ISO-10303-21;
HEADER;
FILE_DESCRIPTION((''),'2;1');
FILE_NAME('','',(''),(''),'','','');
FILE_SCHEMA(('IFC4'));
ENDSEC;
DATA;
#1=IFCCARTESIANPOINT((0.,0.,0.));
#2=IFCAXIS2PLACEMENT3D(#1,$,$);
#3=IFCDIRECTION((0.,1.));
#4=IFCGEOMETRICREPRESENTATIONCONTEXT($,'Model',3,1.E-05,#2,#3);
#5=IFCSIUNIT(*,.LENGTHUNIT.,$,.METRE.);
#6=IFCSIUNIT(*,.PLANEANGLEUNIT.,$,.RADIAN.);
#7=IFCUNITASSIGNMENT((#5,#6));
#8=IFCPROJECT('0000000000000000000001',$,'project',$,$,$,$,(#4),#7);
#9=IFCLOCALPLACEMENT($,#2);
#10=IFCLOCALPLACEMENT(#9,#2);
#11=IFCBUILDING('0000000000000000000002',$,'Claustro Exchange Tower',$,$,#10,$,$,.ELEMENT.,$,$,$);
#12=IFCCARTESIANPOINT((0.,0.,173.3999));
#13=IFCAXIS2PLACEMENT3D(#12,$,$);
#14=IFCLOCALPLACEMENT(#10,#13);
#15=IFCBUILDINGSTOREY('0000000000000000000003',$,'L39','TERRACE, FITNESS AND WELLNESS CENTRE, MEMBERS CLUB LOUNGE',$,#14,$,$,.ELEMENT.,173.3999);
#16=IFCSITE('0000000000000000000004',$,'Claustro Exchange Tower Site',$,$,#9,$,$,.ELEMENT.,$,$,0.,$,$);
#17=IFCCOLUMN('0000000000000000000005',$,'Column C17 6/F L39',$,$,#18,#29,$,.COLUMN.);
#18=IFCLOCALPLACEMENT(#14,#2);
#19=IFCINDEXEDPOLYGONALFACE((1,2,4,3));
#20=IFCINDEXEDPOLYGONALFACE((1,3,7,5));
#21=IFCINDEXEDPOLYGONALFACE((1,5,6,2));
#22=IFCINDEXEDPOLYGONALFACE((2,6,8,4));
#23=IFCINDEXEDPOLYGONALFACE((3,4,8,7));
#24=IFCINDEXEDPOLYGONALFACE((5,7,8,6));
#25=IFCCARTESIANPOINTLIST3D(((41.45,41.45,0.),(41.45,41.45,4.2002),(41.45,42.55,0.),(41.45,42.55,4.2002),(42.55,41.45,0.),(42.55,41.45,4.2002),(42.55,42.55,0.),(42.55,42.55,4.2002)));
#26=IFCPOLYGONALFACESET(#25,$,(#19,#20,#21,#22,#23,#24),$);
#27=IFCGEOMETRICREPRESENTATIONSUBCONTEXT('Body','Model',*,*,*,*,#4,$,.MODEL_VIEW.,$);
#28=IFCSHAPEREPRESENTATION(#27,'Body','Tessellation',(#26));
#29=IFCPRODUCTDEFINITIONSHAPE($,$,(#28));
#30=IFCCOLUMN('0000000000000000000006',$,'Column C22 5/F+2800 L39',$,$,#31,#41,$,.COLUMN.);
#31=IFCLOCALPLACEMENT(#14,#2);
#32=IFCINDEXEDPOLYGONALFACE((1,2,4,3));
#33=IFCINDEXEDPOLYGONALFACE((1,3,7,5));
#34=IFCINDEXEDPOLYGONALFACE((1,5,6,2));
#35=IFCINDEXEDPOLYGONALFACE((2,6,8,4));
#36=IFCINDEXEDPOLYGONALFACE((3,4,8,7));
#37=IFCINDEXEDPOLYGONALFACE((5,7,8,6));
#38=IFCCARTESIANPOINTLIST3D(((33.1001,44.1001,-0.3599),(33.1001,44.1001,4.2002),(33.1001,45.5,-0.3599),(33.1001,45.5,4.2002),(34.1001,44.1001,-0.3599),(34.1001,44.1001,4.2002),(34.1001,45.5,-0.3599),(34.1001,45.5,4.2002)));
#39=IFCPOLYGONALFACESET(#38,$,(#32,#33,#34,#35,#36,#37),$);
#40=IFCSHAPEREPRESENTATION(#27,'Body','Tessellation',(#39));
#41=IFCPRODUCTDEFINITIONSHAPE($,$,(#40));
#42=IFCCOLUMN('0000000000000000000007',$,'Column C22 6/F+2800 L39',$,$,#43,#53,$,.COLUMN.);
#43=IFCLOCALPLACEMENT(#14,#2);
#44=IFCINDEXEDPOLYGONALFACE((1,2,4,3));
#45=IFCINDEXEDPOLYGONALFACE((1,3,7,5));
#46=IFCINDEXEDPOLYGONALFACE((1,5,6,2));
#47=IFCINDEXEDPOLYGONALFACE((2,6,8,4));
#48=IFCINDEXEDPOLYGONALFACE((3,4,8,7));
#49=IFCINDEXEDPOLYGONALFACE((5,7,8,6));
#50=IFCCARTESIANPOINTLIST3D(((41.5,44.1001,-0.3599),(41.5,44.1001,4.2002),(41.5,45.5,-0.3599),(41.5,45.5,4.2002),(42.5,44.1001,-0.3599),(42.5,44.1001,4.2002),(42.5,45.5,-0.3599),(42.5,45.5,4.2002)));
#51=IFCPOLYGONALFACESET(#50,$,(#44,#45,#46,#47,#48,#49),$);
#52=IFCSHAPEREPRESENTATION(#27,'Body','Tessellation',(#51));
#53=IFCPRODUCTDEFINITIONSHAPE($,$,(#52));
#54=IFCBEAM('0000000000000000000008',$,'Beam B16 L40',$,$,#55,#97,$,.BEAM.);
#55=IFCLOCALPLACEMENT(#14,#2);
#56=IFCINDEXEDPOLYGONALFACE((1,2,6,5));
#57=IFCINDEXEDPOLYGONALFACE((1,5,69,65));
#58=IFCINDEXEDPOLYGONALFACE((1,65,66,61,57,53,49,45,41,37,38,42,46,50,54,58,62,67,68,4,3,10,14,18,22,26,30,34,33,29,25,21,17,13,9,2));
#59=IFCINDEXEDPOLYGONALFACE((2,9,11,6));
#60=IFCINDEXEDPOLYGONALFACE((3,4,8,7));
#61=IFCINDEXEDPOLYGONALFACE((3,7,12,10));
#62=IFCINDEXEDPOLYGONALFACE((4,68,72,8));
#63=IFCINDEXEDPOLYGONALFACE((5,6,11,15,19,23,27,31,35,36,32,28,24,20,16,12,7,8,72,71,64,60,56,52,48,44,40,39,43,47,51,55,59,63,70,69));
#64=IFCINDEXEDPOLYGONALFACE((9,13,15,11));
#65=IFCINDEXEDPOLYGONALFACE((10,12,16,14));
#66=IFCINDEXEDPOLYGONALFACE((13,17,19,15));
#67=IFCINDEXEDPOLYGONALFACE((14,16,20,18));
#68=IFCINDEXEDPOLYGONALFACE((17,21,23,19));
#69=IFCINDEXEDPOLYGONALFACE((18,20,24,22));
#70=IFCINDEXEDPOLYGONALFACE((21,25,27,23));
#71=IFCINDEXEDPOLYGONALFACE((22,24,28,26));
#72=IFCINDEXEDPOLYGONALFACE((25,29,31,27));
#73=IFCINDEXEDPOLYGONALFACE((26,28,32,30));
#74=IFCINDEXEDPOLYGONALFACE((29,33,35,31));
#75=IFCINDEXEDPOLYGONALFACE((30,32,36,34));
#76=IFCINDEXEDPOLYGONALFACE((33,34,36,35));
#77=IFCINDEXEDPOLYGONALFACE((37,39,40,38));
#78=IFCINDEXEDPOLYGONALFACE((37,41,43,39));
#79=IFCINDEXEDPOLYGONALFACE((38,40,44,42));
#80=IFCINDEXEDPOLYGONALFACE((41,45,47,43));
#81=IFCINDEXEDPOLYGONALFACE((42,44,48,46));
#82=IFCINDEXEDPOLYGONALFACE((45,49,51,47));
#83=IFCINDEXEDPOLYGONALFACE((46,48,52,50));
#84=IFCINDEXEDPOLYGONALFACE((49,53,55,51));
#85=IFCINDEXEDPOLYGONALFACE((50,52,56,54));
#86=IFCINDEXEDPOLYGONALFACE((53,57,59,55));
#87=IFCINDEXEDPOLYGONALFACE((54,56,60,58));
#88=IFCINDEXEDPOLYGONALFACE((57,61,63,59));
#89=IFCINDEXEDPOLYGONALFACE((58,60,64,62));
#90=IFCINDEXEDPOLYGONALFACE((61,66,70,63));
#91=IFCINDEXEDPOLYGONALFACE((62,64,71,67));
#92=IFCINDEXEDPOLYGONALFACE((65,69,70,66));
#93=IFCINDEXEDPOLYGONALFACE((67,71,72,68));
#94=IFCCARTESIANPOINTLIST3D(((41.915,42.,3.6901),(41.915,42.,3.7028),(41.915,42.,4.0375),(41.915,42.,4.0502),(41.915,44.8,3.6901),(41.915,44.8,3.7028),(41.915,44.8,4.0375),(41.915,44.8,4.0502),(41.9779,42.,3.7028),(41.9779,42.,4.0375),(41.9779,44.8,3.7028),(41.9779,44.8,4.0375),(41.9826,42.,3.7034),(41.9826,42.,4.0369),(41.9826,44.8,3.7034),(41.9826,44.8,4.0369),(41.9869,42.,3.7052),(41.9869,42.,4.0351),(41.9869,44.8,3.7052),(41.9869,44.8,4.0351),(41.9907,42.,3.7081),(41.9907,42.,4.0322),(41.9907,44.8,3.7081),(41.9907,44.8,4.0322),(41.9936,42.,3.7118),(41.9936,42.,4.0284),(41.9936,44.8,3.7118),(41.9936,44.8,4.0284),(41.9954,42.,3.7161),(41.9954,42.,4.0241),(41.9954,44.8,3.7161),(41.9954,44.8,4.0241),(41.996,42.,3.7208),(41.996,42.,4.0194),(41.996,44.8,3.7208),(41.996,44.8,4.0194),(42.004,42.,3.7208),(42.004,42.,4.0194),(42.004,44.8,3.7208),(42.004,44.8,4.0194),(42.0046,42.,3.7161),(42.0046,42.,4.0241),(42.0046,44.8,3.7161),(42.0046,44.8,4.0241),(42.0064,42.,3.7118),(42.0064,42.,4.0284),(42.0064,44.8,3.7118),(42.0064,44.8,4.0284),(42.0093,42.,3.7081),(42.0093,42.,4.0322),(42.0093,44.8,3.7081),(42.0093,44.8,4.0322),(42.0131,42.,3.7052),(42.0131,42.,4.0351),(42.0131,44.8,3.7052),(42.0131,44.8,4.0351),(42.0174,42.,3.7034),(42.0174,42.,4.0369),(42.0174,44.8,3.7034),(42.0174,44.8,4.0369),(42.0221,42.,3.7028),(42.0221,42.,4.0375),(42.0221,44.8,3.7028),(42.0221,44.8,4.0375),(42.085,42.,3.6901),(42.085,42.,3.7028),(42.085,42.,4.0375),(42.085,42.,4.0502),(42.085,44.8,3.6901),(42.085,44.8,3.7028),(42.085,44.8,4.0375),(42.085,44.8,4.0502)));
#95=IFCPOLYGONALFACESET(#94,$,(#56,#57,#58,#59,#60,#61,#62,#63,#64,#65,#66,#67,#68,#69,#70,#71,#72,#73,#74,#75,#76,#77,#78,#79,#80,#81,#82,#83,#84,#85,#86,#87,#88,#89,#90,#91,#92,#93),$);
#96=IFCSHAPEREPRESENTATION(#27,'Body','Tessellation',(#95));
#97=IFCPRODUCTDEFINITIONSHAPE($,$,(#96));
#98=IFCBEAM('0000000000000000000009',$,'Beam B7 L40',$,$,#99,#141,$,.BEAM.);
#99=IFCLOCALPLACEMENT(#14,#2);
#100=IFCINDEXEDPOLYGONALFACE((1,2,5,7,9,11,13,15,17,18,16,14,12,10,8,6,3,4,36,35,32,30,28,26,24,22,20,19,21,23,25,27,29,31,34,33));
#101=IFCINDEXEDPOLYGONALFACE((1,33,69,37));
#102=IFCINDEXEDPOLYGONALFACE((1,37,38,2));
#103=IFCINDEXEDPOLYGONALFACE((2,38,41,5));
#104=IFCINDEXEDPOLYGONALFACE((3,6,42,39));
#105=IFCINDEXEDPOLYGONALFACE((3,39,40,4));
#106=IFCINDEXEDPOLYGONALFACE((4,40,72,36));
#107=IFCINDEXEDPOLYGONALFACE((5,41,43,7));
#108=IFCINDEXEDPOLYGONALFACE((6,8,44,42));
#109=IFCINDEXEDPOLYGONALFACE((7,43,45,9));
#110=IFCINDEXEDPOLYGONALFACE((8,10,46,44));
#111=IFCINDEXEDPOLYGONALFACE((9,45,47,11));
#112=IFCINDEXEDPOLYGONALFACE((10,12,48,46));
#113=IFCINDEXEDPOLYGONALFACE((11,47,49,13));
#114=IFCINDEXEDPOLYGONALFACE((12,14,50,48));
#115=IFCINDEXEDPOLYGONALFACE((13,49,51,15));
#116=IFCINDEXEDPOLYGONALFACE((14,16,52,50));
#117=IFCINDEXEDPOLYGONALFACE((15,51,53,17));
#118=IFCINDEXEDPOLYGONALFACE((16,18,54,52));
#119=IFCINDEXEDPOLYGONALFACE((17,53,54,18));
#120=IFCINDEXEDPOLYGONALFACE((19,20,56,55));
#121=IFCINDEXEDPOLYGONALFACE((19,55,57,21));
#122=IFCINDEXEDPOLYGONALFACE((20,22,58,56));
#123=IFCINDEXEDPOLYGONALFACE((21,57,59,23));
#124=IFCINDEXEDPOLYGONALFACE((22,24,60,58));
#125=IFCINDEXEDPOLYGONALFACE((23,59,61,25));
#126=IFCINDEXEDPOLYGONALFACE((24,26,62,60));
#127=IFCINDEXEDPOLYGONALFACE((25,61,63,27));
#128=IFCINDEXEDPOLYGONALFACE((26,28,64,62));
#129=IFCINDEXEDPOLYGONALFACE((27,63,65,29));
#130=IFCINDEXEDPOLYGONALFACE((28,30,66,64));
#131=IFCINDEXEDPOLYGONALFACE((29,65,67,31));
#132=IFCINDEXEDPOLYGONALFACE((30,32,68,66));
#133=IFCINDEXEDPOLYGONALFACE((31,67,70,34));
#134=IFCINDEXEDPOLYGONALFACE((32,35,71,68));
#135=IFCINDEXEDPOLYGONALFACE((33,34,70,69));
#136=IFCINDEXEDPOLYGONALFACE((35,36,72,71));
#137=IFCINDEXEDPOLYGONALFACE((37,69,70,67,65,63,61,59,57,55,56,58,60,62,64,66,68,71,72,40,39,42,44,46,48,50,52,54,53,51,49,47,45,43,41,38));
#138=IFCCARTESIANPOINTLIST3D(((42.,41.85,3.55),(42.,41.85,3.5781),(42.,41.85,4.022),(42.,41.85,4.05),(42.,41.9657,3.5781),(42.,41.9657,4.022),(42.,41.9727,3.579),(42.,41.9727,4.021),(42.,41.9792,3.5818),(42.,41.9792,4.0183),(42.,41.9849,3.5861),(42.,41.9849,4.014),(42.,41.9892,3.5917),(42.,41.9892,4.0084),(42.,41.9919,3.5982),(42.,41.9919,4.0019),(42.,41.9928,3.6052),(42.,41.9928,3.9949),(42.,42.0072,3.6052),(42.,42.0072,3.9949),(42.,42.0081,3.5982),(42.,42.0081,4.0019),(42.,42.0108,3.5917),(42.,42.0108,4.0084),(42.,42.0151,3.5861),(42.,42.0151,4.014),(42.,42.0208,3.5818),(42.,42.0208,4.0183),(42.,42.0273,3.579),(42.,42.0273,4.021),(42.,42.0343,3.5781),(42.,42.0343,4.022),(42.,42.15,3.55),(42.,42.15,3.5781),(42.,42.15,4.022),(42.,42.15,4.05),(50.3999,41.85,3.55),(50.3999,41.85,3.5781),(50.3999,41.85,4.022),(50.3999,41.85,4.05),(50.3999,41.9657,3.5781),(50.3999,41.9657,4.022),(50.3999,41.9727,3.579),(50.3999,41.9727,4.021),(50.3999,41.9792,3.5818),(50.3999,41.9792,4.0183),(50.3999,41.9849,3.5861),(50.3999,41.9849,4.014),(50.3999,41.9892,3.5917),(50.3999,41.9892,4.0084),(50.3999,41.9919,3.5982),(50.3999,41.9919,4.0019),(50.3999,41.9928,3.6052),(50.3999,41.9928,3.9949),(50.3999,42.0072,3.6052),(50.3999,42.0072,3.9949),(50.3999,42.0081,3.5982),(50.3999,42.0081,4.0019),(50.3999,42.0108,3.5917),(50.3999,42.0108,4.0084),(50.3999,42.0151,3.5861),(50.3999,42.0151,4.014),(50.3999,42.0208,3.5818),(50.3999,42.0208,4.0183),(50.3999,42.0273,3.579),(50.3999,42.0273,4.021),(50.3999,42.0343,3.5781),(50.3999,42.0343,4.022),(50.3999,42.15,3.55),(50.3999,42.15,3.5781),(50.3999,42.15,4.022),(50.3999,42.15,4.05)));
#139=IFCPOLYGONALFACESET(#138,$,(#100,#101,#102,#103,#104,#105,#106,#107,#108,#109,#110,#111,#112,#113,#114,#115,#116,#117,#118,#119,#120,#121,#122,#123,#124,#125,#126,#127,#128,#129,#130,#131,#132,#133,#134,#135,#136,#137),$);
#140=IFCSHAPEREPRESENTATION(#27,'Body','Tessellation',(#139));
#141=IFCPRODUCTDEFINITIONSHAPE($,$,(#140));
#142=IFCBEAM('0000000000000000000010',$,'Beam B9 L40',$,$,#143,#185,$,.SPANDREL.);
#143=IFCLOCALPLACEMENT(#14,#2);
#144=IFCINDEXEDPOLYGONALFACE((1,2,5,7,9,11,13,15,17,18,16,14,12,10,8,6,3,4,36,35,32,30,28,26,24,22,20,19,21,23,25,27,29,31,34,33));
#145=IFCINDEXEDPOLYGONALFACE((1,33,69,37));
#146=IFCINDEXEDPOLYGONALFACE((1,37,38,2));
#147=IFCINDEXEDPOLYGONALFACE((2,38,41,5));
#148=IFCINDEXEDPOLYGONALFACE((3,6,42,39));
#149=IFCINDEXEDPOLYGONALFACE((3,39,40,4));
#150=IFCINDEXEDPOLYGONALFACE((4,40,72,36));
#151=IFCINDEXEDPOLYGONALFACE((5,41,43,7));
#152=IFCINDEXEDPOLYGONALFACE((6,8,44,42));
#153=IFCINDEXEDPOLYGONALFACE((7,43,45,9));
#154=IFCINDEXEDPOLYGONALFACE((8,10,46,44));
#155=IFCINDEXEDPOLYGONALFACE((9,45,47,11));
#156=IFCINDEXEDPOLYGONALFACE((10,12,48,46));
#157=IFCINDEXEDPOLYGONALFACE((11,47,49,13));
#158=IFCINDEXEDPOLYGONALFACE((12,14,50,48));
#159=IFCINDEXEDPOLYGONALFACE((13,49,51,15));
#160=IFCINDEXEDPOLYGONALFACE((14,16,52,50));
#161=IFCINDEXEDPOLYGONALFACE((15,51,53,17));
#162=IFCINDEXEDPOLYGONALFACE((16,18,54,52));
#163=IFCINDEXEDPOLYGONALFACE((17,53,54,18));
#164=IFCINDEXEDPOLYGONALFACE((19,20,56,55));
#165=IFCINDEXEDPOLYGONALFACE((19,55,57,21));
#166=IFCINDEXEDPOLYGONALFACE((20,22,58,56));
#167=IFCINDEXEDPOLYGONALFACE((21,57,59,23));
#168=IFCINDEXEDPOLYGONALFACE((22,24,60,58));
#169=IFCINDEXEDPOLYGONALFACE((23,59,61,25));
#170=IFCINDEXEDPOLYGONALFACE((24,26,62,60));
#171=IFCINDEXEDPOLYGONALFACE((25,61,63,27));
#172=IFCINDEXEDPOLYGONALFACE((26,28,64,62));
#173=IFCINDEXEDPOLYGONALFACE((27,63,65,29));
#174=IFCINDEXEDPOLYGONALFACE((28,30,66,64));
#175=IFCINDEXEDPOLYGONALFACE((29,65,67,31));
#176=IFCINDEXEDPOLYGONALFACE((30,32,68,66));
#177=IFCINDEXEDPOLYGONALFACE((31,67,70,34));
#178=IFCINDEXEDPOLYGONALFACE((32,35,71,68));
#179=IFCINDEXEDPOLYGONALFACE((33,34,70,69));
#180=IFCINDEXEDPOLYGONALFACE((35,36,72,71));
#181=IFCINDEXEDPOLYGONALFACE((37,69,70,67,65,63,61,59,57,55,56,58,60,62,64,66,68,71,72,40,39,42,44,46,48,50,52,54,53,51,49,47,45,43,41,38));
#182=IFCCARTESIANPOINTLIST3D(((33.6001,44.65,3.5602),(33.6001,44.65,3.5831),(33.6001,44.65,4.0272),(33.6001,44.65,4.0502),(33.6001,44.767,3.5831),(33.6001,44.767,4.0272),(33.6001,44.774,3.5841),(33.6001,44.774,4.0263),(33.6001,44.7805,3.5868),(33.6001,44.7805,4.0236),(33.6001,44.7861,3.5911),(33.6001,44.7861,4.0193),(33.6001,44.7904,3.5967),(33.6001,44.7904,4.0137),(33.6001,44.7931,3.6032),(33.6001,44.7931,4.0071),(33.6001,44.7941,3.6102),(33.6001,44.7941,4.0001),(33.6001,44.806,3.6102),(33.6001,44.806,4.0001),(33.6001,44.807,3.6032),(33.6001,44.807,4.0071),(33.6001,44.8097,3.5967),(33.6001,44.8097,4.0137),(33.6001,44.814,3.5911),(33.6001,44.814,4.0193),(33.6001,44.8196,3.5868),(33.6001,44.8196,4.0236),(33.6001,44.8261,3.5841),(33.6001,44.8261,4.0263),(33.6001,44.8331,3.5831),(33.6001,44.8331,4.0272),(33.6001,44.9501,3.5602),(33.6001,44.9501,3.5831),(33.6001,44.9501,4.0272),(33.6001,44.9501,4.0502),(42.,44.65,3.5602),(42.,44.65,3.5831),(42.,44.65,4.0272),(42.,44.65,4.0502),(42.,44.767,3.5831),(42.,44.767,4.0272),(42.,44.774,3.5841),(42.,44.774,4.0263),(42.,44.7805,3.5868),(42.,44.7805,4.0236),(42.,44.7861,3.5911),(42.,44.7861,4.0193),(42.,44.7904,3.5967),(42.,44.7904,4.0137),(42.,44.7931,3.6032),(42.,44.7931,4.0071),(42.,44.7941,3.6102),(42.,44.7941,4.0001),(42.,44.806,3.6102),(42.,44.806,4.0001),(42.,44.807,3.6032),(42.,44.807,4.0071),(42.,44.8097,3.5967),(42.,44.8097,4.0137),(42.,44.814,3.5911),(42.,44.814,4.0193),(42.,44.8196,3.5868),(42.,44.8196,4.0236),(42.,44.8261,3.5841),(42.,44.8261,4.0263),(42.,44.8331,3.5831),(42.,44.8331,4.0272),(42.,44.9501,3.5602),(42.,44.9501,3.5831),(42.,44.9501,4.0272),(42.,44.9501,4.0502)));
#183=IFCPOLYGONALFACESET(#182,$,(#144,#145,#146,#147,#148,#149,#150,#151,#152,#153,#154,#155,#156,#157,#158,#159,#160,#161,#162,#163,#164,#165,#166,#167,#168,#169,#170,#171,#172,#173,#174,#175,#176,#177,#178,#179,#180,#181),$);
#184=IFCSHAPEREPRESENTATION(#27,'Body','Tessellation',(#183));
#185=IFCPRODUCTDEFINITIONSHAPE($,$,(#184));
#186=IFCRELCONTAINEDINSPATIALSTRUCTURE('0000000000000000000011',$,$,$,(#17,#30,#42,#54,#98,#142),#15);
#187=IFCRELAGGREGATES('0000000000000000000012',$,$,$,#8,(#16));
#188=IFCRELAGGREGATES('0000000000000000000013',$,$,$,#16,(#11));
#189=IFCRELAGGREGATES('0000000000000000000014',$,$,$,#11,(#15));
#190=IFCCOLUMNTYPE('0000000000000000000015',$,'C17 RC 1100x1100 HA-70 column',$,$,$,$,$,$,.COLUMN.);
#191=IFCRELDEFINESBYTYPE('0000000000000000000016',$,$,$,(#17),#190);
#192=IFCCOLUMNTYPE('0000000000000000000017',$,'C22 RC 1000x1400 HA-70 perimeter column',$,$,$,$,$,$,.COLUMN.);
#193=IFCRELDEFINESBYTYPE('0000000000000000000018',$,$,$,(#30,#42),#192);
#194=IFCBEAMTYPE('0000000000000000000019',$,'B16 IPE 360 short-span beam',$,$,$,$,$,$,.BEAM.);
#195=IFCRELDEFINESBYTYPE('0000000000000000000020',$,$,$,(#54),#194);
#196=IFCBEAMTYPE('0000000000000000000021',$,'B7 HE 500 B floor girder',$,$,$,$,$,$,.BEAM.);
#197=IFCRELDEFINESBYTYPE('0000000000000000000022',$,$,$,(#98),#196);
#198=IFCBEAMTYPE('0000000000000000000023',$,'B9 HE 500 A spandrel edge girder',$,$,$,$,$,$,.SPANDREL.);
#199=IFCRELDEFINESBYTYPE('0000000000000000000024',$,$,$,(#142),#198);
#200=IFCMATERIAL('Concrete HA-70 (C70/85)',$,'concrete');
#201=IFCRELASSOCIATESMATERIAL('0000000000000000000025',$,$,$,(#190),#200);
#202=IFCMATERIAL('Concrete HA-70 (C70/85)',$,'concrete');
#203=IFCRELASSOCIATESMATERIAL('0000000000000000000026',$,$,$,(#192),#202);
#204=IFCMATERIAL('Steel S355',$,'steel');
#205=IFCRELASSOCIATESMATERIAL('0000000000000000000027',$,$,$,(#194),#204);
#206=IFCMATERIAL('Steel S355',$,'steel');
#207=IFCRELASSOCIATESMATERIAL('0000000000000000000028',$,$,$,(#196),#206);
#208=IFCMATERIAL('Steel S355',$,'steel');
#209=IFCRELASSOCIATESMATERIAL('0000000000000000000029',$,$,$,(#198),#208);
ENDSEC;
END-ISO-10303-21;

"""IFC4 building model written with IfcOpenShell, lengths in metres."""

from ifc_helpers import new_model, si_unit, direction, frame, origin, origin_2d, place, context, subcontext, project, spatial, rectangle, i_section, extrude, material, material_profile, profile_set, type_object, element, save


model = new_model("IFC4")

# Units and contexts
model_context = context("Model", 3, precision=1e-05, world=origin(), true_north=direction((0.0, 1.0)))
body_context = subcontext(model_context, "Body", "Model", "MODEL_VIEW")
ifc_project = project(units=[si_unit("LENGTHUNIT", "METRE"), si_unit("PLANEANGLEUNIT", "RADIAN")], contexts=[model_context])

# Site, building, storey
site_placement = place(None, origin())
site = spatial("IfcSite", under=ifc_project, at=site_placement, Name="Claustro Exchange Tower Site", CompositionType="ELEMENT", RefElevation=0.0)
building_placement = place(site_placement, origin())
building = spatial("IfcBuilding", under=site, at=building_placement, Name="Claustro Exchange Tower", CompositionType="ELEMENT")
storey_placement = place(building_placement, frame((0.0, 0.0, 173.3999)))
storey = spatial("IfcBuildingStorey", under=building, at=storey_placement, Name="L39", Description="TERRACE, FITNESS AND WELLNESS CENTRE, MEMBERS CLUB LOUNGE", CompositionType="ELEMENT", Elevation=173.3999)

# Columns
ifc_material_1 = material(Name="Concrete HA-70 (C70/85)", Category="concrete")
ifc_material_profile_1 = material_profile(ifc_material_1, rectangle(XDim=1.1001, YDim=1.1001, at=origin_2d()), Name="RC 1100x1100")
ifc_profile_set_1 = profile_set([ifc_material_profile_1], Name="Concrete HA-70 (C70/85)")
column_type_1 = type_object("IfcColumnType", Name="C17 RC 1100x1100 HA-70 column", PredefinedType="COLUMN", material=ifc_profile_set_1)
column_placement = place(storey_placement, frame((42.0, 42.0, 0.0), z_axis=(0.0, 0.0, 1.0), x_axis=(1.0, 0.0, 0.0)))
element("IfcColumn", 1, at=column_placement, inside=storey, type_object=column_type_1, Name="Column C17 6/F L39", PredefinedType="COLUMN", context=body_context, shape_type="SweptSolid", body=[
    extrude(rectangle(XDim=1.1001, YDim=1.1001, at=origin_2d()), origin(), (0.0, 0.0, 1.0), 4.2002),
])
ifc_material_2 = material(Name="Concrete HA-70 (C70/85)", Category="concrete")
ifc_material_profile_2 = material_profile(ifc_material_2, rectangle(XDim=1.0, YDim=1.3999, at=origin_2d()), Name="RC 1000x1400")
ifc_profile_set_2 = profile_set([ifc_material_profile_2], Name="Concrete HA-70 (C70/85)")
column_type_2 = type_object("IfcColumnType", Name="C22 RC 1000x1400 HA-70 perimeter column", PredefinedType="COLUMN", material=ifc_profile_set_2)
for number, where, z_axis, x_axis, name in (
    (2, (33.6001, 44.8, -0.3599), (0.0, 0.0, 1.0), (1.0, 0.0, 0.0), "Column C22 5/F+2800 L39"),
    (3, (42.0, 44.8, -0.3599), (0.0, 0.0, 1.0), (1.0, 0.0, 0.0), "Column C22 6/F+2800 L39"),
):
    element("IfcColumn", number, at=place(storey_placement, frame(where, z_axis=z_axis, x_axis=x_axis)), inside=storey, type_object=column_type_2, Name=name, PredefinedType="COLUMN", context=body_context, shape_type="SweptSolid", body=[
        extrude(rectangle(XDim=1.0, YDim=1.3999, at=origin_2d()), origin(), (0.0, 0.0, 1.0), 4.5601),
    ])

# Beams
ifc_material_3 = material(Name="Steel S355", Category="steel")
ifc_material_profile_3 = material_profile(ifc_material_3, i_section(OverallWidth=0.1699, OverallDepth=0.3601, WebThickness=0.0081, FlangeThickness=0.0127, FilletRadius=0.0181, at=origin_2d()), Name="IPE 360")
ifc_profile_set_3 = profile_set([ifc_material_profile_3], Name="Steel S355")
beam_type_1 = type_object("IfcBeamType", Name="B16 IPE 360 short-span beam", PredefinedType="BEAM", material=ifc_profile_set_3)
beam_1_placement = place(storey_placement, frame((42.0, 42.0, 3.8701), z_axis=(0.0, 1.0, 0.0), x_axis=(-1.0, 0.0, 0.0)))
element("IfcBeam", 4, at=beam_1_placement, inside=storey, type_object=beam_type_1, Name="Beam B16 L40", PredefinedType="BEAM", context=body_context, shape_type="SweptSolid", body=[
    extrude(i_section(OverallWidth=0.1699, OverallDepth=0.3601, WebThickness=0.0081, FlangeThickness=0.0127, FilletRadius=0.0181, at=origin_2d()), origin(), (0.0, 0.0, 1.0), 2.8),
])
ifc_material_4 = material(Name="Steel S355", Category="steel")
ifc_material_profile_4 = material_profile(ifc_material_4, i_section(OverallWidth=0.3, OverallDepth=0.5, WebThickness=0.0144, FlangeThickness=0.0281, FilletRadius=0.0271, at=origin_2d()), Name="HE 500 B")
ifc_profile_set_4 = profile_set([ifc_material_profile_4], Name="Steel S355")
beam_type_2 = type_object("IfcBeamType", Name="B7 HE 500 B floor girder", PredefinedType="BEAM", material=ifc_profile_set_4)
beam_2_placement = place(storey_placement, frame((42.0, 42.0, 3.8), z_axis=(1.0, 0.0, 0.0), x_axis=(0.0, 1.0, 0.0)))
element("IfcBeam", 5, at=beam_2_placement, inside=storey, type_object=beam_type_2, Name="Beam B7 L40", PredefinedType="BEAM", context=body_context, shape_type="SweptSolid", body=[
    extrude(i_section(OverallWidth=0.3, OverallDepth=0.5, WebThickness=0.0144, FlangeThickness=0.0281, FilletRadius=0.0271, at=origin_2d()), origin(), (0.0, 0.0, 1.0), 8.3999),
])
ifc_material_5 = material(Name="Steel S355", Category="steel")
ifc_material_profile_5 = material_profile(ifc_material_5, i_section(OverallWidth=0.3, OverallDepth=0.49, WebThickness=0.012, FlangeThickness=0.0229, FilletRadius=0.0271, at=origin_2d()), Name="HE 500 A")
ifc_profile_set_5 = profile_set([ifc_material_profile_5], Name="Steel S355")
beam_type_3 = type_object("IfcBeamType", Name="B9 HE 500 A spandrel edge girder", PredefinedType="SPANDREL", material=ifc_profile_set_5)
for number, where, z_axis, x_axis, name in (
    (6, (33.6001, 44.8, 3.8052), (1.0, 0.0, 0.0), (0.0, 1.0, 0.0), "Beam B9 L40"),
):
    element("IfcBeam", number, at=place(storey_placement, frame(where, z_axis=z_axis, x_axis=x_axis)), inside=storey, type_object=beam_type_3, Name=name, PredefinedType="SPANDREL", context=body_context, shape_type="SweptSolid", body=[
        extrude(i_section(OverallWidth=0.3, OverallDepth=0.49, WebThickness=0.012, FlangeThickness=0.0229, FilletRadius=0.0271, at=origin_2d()), origin(), (0.0, 0.0, 1.0), 8.3999),
    ])

save(model, "model.ifc")
